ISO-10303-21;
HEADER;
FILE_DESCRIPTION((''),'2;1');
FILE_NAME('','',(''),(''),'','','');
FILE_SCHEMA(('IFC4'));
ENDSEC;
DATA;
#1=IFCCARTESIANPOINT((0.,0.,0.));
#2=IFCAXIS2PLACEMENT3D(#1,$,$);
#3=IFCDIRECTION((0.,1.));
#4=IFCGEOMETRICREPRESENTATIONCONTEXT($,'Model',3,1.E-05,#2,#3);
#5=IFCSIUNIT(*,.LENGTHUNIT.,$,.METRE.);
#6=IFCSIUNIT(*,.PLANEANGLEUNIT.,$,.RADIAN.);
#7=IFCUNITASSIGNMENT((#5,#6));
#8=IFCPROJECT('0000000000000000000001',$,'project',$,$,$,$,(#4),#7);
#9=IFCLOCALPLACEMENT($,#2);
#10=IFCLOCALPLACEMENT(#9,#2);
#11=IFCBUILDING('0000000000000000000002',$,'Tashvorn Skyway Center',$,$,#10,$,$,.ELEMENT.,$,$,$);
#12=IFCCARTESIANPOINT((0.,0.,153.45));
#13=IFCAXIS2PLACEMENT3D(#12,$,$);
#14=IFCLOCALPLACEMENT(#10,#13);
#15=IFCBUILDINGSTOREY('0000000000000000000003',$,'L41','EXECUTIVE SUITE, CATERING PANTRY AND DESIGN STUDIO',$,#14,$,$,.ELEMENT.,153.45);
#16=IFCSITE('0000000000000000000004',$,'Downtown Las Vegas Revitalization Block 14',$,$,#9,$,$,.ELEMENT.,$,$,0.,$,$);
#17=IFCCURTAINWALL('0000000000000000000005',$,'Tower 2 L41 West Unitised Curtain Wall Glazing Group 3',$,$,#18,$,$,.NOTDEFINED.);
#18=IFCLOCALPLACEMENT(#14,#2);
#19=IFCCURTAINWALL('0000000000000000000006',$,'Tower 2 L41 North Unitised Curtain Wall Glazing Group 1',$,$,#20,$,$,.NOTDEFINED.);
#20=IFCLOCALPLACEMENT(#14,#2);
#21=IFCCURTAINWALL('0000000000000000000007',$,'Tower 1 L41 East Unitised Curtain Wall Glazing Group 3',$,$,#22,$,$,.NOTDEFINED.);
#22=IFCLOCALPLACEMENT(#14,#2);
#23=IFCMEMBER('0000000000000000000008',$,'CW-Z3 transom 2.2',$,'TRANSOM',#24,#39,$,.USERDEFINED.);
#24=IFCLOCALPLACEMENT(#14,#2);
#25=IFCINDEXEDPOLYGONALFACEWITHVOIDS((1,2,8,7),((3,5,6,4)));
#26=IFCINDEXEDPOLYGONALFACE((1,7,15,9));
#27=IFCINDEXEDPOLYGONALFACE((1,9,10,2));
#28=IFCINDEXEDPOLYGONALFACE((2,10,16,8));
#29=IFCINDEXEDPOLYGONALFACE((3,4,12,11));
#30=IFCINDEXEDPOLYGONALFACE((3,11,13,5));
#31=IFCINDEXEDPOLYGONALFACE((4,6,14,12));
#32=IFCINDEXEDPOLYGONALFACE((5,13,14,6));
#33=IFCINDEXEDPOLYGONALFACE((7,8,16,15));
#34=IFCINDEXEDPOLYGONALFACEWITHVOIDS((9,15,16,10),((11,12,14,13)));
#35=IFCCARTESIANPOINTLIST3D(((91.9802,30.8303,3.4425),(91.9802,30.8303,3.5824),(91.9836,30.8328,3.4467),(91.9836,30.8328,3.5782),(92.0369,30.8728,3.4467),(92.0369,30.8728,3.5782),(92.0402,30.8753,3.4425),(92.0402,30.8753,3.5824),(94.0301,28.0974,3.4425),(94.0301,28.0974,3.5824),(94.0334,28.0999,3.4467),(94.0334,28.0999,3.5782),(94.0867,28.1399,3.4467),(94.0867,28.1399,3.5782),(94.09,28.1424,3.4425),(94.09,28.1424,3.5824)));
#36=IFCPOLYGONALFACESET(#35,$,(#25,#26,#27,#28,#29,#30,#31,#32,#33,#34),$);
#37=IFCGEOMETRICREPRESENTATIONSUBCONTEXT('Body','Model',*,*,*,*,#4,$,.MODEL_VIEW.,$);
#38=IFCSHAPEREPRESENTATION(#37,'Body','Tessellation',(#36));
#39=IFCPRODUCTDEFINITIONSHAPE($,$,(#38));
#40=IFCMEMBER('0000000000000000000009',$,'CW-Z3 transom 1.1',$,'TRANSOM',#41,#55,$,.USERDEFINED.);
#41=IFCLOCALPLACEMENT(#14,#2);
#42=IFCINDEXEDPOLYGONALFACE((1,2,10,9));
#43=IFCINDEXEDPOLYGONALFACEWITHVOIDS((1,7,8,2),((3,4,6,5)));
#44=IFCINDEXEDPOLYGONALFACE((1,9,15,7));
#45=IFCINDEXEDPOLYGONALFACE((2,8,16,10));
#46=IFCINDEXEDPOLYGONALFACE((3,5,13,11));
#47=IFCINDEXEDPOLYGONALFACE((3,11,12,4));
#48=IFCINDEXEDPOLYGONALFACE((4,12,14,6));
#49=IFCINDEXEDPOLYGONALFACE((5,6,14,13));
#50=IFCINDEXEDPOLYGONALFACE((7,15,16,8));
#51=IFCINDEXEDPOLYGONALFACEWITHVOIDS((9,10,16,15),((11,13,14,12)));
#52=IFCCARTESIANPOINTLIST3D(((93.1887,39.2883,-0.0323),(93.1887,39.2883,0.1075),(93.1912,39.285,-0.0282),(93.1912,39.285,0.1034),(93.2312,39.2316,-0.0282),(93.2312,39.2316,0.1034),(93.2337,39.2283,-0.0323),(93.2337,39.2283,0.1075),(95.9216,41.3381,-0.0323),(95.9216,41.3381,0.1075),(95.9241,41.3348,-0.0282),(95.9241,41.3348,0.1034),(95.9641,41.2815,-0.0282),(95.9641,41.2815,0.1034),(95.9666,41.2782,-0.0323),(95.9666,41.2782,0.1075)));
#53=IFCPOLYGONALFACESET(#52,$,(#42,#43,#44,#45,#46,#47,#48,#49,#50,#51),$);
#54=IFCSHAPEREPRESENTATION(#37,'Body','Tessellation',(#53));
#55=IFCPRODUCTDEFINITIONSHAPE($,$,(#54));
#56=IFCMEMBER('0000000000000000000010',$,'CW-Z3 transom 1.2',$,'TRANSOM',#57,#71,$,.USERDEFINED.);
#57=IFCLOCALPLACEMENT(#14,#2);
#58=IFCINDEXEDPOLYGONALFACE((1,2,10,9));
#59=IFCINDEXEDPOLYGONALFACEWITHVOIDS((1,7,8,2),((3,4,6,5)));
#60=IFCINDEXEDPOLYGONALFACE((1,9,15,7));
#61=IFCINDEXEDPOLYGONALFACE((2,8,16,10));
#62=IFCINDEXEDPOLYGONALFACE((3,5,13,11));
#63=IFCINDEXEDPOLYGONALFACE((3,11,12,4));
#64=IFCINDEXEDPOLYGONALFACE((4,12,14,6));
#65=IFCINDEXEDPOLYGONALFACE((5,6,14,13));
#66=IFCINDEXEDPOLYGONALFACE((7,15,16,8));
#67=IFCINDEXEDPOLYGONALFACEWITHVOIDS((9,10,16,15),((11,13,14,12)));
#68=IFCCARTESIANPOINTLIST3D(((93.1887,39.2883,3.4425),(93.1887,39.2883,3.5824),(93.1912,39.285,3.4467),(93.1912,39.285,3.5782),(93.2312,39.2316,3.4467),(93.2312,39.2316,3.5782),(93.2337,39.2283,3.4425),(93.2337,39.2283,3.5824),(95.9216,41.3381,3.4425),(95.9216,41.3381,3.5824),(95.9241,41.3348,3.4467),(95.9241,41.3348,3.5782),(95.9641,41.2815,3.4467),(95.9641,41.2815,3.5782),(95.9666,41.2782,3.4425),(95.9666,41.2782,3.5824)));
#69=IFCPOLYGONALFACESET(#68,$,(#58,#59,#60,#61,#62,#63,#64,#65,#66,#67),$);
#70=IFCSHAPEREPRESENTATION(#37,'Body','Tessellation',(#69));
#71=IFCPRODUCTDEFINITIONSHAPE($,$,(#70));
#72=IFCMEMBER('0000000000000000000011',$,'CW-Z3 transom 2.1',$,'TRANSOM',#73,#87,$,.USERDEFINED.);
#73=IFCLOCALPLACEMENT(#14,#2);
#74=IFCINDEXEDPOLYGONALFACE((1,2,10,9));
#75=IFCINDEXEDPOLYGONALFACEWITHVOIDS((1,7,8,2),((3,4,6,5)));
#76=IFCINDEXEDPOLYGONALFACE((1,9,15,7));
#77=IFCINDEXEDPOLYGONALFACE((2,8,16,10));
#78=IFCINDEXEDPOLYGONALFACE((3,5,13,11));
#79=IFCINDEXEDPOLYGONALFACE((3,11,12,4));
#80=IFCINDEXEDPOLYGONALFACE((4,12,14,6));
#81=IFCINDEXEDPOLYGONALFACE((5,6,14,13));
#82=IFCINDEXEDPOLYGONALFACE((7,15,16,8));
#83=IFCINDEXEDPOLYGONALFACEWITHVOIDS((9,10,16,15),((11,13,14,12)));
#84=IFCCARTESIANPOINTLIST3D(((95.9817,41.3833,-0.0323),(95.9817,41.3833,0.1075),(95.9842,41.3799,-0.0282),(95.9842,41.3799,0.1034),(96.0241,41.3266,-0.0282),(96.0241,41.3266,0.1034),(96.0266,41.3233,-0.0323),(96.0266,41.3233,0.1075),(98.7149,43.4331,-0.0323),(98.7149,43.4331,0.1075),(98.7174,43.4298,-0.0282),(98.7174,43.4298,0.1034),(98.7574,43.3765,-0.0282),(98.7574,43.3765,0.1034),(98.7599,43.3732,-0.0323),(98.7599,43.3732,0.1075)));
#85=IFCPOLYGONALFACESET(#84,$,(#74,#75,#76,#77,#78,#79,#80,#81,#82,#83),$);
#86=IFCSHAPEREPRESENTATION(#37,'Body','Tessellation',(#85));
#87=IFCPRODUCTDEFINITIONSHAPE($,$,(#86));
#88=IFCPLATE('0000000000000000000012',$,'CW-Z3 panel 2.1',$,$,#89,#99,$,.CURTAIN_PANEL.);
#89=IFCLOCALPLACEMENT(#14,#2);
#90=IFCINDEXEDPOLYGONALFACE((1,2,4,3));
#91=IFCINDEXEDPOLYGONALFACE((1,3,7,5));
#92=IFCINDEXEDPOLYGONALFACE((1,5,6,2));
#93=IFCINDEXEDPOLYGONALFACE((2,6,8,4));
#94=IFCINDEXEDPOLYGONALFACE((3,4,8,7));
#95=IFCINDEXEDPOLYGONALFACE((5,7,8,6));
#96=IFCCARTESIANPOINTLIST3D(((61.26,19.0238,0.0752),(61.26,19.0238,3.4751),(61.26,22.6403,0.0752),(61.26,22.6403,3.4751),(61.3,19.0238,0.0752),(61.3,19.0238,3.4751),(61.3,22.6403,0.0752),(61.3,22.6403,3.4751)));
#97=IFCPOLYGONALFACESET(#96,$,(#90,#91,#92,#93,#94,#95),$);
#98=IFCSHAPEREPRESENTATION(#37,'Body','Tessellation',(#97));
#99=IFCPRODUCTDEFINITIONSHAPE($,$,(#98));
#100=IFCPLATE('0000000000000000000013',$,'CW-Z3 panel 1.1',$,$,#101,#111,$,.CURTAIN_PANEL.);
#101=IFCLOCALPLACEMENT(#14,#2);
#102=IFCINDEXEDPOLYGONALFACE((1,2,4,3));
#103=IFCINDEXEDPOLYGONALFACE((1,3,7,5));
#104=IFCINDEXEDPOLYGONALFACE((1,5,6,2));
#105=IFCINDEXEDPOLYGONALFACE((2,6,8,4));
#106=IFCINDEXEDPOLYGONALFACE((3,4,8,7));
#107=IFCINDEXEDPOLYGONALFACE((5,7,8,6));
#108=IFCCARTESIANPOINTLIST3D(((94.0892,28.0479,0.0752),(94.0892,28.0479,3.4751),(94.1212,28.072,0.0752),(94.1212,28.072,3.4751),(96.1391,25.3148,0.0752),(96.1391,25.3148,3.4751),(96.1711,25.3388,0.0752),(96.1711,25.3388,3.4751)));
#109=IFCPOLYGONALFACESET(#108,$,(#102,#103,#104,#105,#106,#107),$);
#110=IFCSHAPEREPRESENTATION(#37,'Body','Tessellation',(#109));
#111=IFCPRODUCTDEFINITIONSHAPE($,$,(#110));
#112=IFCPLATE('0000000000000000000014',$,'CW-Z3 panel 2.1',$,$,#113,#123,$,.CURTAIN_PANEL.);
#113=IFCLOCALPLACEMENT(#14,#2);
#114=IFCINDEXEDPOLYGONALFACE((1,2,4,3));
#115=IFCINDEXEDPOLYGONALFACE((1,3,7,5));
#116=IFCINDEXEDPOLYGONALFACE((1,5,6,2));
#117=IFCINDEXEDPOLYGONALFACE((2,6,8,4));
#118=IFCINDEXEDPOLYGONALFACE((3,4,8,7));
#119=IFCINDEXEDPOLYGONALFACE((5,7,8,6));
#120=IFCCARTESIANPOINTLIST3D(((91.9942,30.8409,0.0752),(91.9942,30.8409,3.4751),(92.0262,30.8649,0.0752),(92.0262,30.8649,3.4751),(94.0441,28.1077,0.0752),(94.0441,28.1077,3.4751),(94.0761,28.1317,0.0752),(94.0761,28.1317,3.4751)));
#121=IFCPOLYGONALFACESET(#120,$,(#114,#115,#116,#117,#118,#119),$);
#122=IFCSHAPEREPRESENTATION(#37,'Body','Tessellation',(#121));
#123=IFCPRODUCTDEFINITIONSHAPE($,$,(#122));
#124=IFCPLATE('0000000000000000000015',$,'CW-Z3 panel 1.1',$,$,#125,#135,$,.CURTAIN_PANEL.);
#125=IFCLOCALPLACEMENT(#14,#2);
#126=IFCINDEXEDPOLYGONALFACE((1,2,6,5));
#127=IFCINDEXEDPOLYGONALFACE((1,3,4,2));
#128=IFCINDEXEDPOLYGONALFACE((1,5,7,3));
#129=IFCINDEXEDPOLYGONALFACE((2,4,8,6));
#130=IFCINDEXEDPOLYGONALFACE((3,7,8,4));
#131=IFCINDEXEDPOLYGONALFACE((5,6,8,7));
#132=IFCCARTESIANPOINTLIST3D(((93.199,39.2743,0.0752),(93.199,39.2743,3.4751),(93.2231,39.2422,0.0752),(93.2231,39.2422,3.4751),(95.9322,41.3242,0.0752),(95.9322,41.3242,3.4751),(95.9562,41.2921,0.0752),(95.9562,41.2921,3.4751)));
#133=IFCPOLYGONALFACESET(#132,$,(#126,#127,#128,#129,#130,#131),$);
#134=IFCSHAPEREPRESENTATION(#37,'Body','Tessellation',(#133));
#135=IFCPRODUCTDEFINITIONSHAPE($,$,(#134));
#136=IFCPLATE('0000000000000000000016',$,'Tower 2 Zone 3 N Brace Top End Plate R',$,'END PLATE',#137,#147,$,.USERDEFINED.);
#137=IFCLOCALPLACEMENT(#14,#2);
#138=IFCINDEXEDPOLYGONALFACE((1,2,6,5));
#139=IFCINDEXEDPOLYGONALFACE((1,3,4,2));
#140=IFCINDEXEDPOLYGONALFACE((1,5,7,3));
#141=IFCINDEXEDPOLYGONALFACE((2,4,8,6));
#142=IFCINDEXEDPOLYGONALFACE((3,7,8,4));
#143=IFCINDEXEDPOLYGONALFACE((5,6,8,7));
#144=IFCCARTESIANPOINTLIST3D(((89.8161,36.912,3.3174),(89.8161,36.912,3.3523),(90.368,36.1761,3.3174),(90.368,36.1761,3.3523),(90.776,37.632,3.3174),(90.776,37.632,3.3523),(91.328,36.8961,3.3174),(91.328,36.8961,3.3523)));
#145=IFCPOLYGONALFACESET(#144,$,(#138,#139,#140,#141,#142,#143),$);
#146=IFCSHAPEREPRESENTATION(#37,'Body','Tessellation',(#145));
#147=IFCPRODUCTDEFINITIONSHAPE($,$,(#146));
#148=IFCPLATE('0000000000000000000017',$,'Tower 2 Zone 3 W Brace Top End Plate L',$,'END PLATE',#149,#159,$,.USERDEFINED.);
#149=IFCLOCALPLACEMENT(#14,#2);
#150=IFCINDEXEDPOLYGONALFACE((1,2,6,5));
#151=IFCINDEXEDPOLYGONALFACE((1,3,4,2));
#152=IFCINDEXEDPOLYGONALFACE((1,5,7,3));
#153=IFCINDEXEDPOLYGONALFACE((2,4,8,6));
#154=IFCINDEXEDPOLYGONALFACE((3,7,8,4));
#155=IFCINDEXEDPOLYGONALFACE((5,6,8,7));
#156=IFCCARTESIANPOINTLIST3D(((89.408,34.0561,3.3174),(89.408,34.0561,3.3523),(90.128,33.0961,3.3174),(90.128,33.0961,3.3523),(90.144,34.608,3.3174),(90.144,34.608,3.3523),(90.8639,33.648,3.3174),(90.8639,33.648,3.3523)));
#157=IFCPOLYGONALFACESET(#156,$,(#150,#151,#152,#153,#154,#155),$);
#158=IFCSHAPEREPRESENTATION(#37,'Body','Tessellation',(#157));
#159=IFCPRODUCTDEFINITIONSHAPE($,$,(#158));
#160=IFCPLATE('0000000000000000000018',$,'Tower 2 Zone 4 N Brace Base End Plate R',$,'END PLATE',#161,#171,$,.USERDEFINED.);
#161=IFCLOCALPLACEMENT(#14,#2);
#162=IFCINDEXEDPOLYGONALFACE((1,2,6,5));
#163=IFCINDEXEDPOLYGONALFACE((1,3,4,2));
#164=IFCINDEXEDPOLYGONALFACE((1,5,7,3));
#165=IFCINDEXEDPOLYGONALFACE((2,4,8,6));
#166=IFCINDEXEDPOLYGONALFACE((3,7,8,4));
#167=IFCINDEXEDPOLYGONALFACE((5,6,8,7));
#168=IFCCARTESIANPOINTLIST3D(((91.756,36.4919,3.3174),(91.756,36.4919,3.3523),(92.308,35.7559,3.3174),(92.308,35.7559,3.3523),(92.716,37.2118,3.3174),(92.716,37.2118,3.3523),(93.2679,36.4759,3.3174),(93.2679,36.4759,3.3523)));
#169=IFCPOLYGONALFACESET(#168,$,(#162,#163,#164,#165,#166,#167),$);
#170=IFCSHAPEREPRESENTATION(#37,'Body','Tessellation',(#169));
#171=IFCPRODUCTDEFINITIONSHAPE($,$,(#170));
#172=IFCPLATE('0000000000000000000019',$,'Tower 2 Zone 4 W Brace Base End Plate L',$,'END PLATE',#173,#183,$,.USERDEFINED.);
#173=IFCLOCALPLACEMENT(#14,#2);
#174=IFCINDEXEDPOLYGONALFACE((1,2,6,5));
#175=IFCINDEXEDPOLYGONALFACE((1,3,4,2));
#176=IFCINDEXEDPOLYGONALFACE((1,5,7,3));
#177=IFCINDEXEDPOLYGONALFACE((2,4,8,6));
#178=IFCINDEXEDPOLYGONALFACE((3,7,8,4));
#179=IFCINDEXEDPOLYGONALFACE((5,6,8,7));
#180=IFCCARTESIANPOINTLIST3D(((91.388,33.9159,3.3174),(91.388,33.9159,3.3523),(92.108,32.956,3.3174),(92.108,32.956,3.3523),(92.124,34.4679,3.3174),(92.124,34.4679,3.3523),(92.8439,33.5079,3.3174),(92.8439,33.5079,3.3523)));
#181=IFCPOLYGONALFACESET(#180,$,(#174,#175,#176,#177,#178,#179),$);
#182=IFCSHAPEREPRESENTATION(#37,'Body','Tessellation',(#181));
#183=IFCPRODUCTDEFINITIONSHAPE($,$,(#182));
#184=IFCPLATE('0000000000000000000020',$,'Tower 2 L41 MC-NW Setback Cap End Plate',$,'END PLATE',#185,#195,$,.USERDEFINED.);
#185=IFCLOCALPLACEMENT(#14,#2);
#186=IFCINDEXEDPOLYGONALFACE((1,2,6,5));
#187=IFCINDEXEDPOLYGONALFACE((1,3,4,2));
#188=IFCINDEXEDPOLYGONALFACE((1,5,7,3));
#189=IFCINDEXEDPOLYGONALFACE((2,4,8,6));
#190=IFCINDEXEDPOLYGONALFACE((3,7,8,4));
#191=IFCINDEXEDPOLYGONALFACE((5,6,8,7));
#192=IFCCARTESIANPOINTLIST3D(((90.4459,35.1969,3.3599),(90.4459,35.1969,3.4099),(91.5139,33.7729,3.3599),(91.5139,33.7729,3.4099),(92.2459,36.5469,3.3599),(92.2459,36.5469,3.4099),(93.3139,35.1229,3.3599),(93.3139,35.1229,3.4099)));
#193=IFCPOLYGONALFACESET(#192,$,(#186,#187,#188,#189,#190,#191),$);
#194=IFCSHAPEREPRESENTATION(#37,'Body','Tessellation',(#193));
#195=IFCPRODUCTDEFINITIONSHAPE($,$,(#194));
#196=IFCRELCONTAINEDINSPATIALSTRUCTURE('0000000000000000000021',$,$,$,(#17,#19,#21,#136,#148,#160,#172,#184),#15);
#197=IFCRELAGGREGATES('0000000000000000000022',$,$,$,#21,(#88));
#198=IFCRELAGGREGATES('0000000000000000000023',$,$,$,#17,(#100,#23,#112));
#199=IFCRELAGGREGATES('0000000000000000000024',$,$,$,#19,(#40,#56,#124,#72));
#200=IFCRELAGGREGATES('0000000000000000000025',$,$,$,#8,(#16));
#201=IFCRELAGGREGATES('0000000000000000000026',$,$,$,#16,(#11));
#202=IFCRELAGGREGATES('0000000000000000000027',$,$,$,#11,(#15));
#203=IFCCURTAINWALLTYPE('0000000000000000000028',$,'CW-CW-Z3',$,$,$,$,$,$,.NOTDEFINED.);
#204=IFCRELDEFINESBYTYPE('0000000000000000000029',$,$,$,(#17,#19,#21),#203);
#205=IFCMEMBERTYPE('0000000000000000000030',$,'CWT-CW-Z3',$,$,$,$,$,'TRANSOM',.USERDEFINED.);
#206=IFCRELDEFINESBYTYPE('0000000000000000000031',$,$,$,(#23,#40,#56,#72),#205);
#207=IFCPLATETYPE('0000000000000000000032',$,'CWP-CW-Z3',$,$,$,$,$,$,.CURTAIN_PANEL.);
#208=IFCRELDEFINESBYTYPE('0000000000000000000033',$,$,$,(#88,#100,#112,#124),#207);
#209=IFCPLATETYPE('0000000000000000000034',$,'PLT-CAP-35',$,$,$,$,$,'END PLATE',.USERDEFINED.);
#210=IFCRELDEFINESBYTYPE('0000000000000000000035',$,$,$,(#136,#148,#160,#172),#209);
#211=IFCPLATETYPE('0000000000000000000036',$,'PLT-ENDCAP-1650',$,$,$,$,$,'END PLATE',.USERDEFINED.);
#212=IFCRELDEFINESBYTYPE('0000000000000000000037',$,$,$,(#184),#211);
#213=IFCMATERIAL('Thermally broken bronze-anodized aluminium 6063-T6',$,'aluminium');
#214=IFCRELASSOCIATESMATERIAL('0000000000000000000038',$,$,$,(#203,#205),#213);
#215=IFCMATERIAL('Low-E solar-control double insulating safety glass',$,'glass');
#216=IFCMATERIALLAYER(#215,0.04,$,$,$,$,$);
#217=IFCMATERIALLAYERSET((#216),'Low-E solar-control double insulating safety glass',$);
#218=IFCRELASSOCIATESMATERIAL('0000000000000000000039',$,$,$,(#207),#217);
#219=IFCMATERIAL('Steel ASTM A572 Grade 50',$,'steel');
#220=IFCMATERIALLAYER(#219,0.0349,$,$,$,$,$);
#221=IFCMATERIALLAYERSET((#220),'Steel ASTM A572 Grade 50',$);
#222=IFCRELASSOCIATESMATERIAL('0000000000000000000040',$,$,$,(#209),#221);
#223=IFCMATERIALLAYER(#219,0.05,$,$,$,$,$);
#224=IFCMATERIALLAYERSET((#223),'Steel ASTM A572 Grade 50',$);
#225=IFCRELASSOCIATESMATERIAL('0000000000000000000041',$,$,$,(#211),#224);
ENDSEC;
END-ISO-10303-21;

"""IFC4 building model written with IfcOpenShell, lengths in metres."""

from ifc_helpers import new_model, si_unit, direction, frame, origin, origin_2d, place, context, subcontext, project, spatial, rectangle, hollow_rectangle, extrude, material, layer, layer_set, material_profile, profile_set, type_object, element, aggregate, save


model = new_model("IFC4")

# Units and contexts
model_context = context("Model", 3, precision=1e-05, world=origin(), true_north=direction((0.0, 1.0)))
body_context = subcontext(model_context, "Body", "Model", "MODEL_VIEW")
ifc_project = project(units=[si_unit("LENGTHUNIT", "METRE"), si_unit("PLANEANGLEUNIT", "RADIAN")], contexts=[model_context])

# Site, building, storey
site_placement = place(None, origin())
site = spatial("IfcSite", under=ifc_project, at=site_placement, Name="Downtown Las Vegas Revitalization Block 14", CompositionType="ELEMENT", RefElevation=0.0)
building_placement = place(site_placement, origin())
building = spatial("IfcBuilding", under=site, at=building_placement, Name="Tashvorn Skyway Center", CompositionType="ELEMENT")
storey_placement = place(building_placement, frame((0.0, 0.0, 153.45)))
storey = spatial("IfcBuildingStorey", under=building, at=storey_placement, Name="L41", Description="EXECUTIVE SUITE, CATERING PANTRY AND DESIGN STUDIO", CompositionType="ELEMENT", Elevation=153.45)

# Shared definitions
ifc_material_1 = material(Name="Steel ASTM A572 Grade 50", Category="steel")

# Curtain walls
ifc_material_2 = material(Name="Thermally broken bronze-anodized aluminium 6063-T6", Category="aluminium")
curtain_wall_type = type_object("IfcCurtainWallType", Name="CW-CW-Z3", PredefinedType="NOTDEFINED", material=ifc_material_2)
curtain_wall_1_placement = place(storey_placement, origin())
curtain_wall_1 = element("IfcCurtainWall", 1, at=curtain_wall_1_placement, inside=storey, type_object=curtain_wall_type, Name="Tower 2 L41 West Unitised Curtain Wall Glazing Group 3", PredefinedType="NOTDEFINED")
curtain_wall_2_placement = place(storey_placement, origin())
curtain_wall_2 = element("IfcCurtainWall", 2, at=curtain_wall_2_placement, inside=storey, type_object=curtain_wall_type, Name="Tower 2 L41 North Unitised Curtain Wall Glazing Group 1", PredefinedType="NOTDEFINED")

# Curtain wall
curtain_wall_3_placement = place(storey_placement, origin())
curtain_wall_3 = element("IfcCurtainWall", 3, at=curtain_wall_3_placement, inside=storey, type_object=curtain_wall_type, Name="Tower 1 L41 East Unitised Curtain Wall Glazing Group 3", PredefinedType="NOTDEFINED")
ifc_material_profile_1 = material_profile(ifc_material_2, hollow_rectangle(XDim=0.075, YDim=0.1399, WallThickness=0.0042, at=origin_2d()), Name="ALU-TRAN-75x140")
ifc_profile_set_1 = profile_set([ifc_material_profile_1], Name="Thermally broken bronze-anodized aluminium 6063-T6")
member_type_1 = type_object("IfcMemberType", Name="CWT-CW-Z3", ElementType="TRANSOM", PredefinedType="USERDEFINED", material=ifc_profile_set_1)

# Members
member_1_placement = place(storey_placement, frame((94.0601, 28.1199, 3.5125), z_axis=(-0.600023, 0.799983, 0.0), x_axis=(-0.799983, -0.600023, 0.0)))
member_1 = element("IfcMember", 4, at=member_1_placement, type_object=member_type_1, Name="CW-Z3 transom 2.2", ObjectType="TRANSOM", PredefinedType="USERDEFINED", context=body_context, shape_type="SweptSolid", body=[
    extrude(hollow_rectangle(XDim=0.075, YDim=0.1399, WallThickness=0.0042, at=origin_2d()), origin(), (0.0, 0.0, 1.0), 3.4163),
])
member_2_placement = place(storey_placement, frame((93.2112, 39.2583, 0.0376), z_axis=(0.799983, 0.600023, 0.0), x_axis=(-0.600023, 0.799983, 0.0)))
member_2 = element("IfcMember", 5, at=member_2_placement, type_object=member_type_1, Name="CW-Z3 transom 1.1", ObjectType="TRANSOM", PredefinedType="USERDEFINED", context=body_context, shape_type="SweptSolid", body=[
    extrude(hollow_rectangle(XDim=0.075, YDim=0.1399, WallThickness=0.0042, at=origin_2d()), origin(), (0.0, 0.0, 1.0), 3.4163),
])
member_3_placement = place(storey_placement, frame((93.2112, 39.2583, 3.5125), z_axis=(0.799983, 0.600023, 0.0), x_axis=(-0.600023, 0.799983, 0.0)))
member_3 = element("IfcMember", 6, at=member_3_placement, type_object=member_type_1, Name="CW-Z3 transom 1.2", ObjectType="TRANSOM", PredefinedType="USERDEFINED", context=body_context, shape_type="SweptSolid", body=[
    extrude(hollow_rectangle(XDim=0.075, YDim=0.1399, WallThickness=0.0042, at=origin_2d()), origin(), (0.0, 0.0, 1.0), 3.4163),
])
member_4_placement = place(storey_placement, frame((96.0042, 41.3533, 0.0376), z_axis=(0.800009, 0.599989, 0.0), x_axis=(-0.599989, 0.800009, 0.0)))
member_4 = element("IfcMember", 7, at=member_4_placement, type_object=member_type_1, Name="CW-Z3 transom 2.1", ObjectType="TRANSOM", PredefinedType="USERDEFINED", context=body_context, shape_type="SweptSolid", body=[
    extrude(hollow_rectangle(XDim=0.075, YDim=0.1399, WallThickness=0.0042, at=origin_2d()), origin(), (0.0, 0.0, 1.0), 3.4165),
])

# Plates
ifc_material_3 = material(Name="Low-E solar-control double insulating safety glass", Category="glass")
ifc_layer_1 = layer(ifc_material_3, 0.04)
ifc_layer_set_1 = layer_set([ifc_layer_1], Name="Low-E solar-control double insulating safety glass")
plate_type_1 = type_object("IfcPlateType", Name="CWP-CW-Z3", PredefinedType="CURTAIN_PANEL", material=ifc_layer_set_1)
plate_1_placement = place(storey_placement, frame((61.28, 20.832, 0.0752), z_axis=(0.0, 0.0, 1.0), x_axis=(0.0, -1.0, 0.0)))
plate_1 = element("IfcPlate", 8, at=plate_1_placement, type_object=plate_type_1, Name="CW-Z3 panel 2.1", PredefinedType="CURTAIN_PANEL", context=body_context, shape_type="SweptSolid", body=[
    extrude(rectangle(XDim=3.6165, YDim=0.04, at=origin_2d()), origin(), (0.0, 0.0, 1.0), 3.3999),
])
aggregate(curtain_wall_3, [plate_1])
plate_2_placement = place(storey_placement, frame((95.1301, 26.6934, 0.0752), z_axis=(0.0, 0.0, 1.0), x_axis=(-0.600005, 0.799997, 0.0)))
plate_2 = element("IfcPlate", 9, at=plate_2_placement, type_object=plate_type_1, Name="CW-Z3 panel 1.1", PredefinedType="CURTAIN_PANEL", context=body_context, shape_type="SweptSolid", body=[
    extrude(rectangle(XDim=3.4165, YDim=0.04, at=origin_2d()), origin(), (0.0, 0.0, 1.0), 3.3999),
])
plate_3_placement = place(storey_placement, frame((93.0352, 29.4863, 0.0752), z_axis=(0.0, 0.0, 1.0), x_axis=(-0.600005, 0.799997, 0.0)))
plate_3 = element("IfcPlate", 10, at=plate_3_placement, type_object=plate_type_1, Name="CW-Z3 panel 2.1", PredefinedType="CURTAIN_PANEL", context=body_context, shape_type="SweptSolid", body=[
    extrude(rectangle(XDim=3.4165, YDim=0.04, at=origin_2d()), origin(), (0.0, 0.0, 1.0), 3.3999),
])
aggregate(curtain_wall_1, [plate_2, member_1, plate_3])
plate_4_placement = place(storey_placement, frame((94.5776, 40.2832, 0.0752), z_axis=(0.0, 0.0, 1.0), x_axis=(0.799997, 0.600005, 0.0)))
plate_4 = element("IfcPlate", 11, at=plate_4_placement, type_object=plate_type_1, Name="CW-Z3 panel 1.1", PredefinedType="CURTAIN_PANEL", context=body_context, shape_type="SweptSolid", body=[
    extrude(rectangle(XDim=3.4165, YDim=0.04, at=origin_2d()), origin(), (0.0, 0.0, 1.0), 3.3999),
])
aggregate(curtain_wall_2, [member_2, member_3, plate_4, member_4])

# Plates
ifc_layer_2 = layer(ifc_material_1, 0.0349)
ifc_layer_set_2 = layer_set([ifc_layer_2], Name="Steel ASTM A572 Grade 50")
plate_type_2 = type_object("IfcPlateType", Name="PLT-CAP-35", ElementType="END PLATE", PredefinedType="USERDEFINED", material=ifc_layer_set_2)
for number, where, z_axis, x_axis, name in (
    (12, (90.572, 36.9041, 3.3174), (0.0, 0.0, 1.0), (-0.8, -0.6, 0.0), "Tower 2 Zone 3 N Brace Top End Plate R"),
    (13, (90.136, 33.8521, 3.3174), (0.0, 0.0, 1.0), (0.6, -0.8, 0.0), "Tower 2 Zone 3 W Brace Top End Plate L"),
    (14, (92.512, 36.4839, 3.3174), (0.0, 0.0, 1.0), (-0.8, -0.6, 0.0), "Tower 2 Zone 4 N Brace Base End Plate R"),
    (15, (92.116, 33.7119, 3.3174), (0.0, 0.0, 1.0), (0.6, -0.8, 0.0), "Tower 2 Zone 4 W Brace Base End Plate L"),
):
    element("IfcPlate", number, at=place(storey_placement, frame(where, z_axis=z_axis, x_axis=x_axis)), inside=storey, type_object=plate_type_2, Name=name, ObjectType="END PLATE", PredefinedType="USERDEFINED", context=body_context, shape_type="SweptSolid", body=[
        extrude(rectangle(XDim=1.2, YDim=0.9199, at=origin_2d()), origin(), (0.0, 0.0, 1.0), 0.0349),
    ])
ifc_layer_3 = layer(ifc_material_1, 0.05)
ifc_layer_set_3 = layer_set([ifc_layer_3], Name="Steel ASTM A572 Grade 50")
plate_type_3 = type_object("IfcPlateType", Name="PLT-ENDCAP-1650", ElementType="END PLATE", PredefinedType="USERDEFINED", material=ifc_layer_set_3)
plate_5_placement = place(storey_placement, frame((91.8799, 35.1599, 3.3599), z_axis=(0.0, 0.0, 1.0), x_axis=(0.8, 0.6, 0.0)))
element("IfcPlate", 16, at=plate_5_placement, inside=storey, type_object=plate_type_3, Name="Tower 2 L41 MC-NW Setback Cap End Plate", ObjectType="END PLATE", PredefinedType="USERDEFINED", context=body_context, shape_type="SweptSolid", body=[
    extrude(rectangle(XDim=2.25, YDim=1.78, at=origin_2d()), origin(), (0.0, 0.0, 1.0), 0.05),
])

save(model, "model.ifc")
